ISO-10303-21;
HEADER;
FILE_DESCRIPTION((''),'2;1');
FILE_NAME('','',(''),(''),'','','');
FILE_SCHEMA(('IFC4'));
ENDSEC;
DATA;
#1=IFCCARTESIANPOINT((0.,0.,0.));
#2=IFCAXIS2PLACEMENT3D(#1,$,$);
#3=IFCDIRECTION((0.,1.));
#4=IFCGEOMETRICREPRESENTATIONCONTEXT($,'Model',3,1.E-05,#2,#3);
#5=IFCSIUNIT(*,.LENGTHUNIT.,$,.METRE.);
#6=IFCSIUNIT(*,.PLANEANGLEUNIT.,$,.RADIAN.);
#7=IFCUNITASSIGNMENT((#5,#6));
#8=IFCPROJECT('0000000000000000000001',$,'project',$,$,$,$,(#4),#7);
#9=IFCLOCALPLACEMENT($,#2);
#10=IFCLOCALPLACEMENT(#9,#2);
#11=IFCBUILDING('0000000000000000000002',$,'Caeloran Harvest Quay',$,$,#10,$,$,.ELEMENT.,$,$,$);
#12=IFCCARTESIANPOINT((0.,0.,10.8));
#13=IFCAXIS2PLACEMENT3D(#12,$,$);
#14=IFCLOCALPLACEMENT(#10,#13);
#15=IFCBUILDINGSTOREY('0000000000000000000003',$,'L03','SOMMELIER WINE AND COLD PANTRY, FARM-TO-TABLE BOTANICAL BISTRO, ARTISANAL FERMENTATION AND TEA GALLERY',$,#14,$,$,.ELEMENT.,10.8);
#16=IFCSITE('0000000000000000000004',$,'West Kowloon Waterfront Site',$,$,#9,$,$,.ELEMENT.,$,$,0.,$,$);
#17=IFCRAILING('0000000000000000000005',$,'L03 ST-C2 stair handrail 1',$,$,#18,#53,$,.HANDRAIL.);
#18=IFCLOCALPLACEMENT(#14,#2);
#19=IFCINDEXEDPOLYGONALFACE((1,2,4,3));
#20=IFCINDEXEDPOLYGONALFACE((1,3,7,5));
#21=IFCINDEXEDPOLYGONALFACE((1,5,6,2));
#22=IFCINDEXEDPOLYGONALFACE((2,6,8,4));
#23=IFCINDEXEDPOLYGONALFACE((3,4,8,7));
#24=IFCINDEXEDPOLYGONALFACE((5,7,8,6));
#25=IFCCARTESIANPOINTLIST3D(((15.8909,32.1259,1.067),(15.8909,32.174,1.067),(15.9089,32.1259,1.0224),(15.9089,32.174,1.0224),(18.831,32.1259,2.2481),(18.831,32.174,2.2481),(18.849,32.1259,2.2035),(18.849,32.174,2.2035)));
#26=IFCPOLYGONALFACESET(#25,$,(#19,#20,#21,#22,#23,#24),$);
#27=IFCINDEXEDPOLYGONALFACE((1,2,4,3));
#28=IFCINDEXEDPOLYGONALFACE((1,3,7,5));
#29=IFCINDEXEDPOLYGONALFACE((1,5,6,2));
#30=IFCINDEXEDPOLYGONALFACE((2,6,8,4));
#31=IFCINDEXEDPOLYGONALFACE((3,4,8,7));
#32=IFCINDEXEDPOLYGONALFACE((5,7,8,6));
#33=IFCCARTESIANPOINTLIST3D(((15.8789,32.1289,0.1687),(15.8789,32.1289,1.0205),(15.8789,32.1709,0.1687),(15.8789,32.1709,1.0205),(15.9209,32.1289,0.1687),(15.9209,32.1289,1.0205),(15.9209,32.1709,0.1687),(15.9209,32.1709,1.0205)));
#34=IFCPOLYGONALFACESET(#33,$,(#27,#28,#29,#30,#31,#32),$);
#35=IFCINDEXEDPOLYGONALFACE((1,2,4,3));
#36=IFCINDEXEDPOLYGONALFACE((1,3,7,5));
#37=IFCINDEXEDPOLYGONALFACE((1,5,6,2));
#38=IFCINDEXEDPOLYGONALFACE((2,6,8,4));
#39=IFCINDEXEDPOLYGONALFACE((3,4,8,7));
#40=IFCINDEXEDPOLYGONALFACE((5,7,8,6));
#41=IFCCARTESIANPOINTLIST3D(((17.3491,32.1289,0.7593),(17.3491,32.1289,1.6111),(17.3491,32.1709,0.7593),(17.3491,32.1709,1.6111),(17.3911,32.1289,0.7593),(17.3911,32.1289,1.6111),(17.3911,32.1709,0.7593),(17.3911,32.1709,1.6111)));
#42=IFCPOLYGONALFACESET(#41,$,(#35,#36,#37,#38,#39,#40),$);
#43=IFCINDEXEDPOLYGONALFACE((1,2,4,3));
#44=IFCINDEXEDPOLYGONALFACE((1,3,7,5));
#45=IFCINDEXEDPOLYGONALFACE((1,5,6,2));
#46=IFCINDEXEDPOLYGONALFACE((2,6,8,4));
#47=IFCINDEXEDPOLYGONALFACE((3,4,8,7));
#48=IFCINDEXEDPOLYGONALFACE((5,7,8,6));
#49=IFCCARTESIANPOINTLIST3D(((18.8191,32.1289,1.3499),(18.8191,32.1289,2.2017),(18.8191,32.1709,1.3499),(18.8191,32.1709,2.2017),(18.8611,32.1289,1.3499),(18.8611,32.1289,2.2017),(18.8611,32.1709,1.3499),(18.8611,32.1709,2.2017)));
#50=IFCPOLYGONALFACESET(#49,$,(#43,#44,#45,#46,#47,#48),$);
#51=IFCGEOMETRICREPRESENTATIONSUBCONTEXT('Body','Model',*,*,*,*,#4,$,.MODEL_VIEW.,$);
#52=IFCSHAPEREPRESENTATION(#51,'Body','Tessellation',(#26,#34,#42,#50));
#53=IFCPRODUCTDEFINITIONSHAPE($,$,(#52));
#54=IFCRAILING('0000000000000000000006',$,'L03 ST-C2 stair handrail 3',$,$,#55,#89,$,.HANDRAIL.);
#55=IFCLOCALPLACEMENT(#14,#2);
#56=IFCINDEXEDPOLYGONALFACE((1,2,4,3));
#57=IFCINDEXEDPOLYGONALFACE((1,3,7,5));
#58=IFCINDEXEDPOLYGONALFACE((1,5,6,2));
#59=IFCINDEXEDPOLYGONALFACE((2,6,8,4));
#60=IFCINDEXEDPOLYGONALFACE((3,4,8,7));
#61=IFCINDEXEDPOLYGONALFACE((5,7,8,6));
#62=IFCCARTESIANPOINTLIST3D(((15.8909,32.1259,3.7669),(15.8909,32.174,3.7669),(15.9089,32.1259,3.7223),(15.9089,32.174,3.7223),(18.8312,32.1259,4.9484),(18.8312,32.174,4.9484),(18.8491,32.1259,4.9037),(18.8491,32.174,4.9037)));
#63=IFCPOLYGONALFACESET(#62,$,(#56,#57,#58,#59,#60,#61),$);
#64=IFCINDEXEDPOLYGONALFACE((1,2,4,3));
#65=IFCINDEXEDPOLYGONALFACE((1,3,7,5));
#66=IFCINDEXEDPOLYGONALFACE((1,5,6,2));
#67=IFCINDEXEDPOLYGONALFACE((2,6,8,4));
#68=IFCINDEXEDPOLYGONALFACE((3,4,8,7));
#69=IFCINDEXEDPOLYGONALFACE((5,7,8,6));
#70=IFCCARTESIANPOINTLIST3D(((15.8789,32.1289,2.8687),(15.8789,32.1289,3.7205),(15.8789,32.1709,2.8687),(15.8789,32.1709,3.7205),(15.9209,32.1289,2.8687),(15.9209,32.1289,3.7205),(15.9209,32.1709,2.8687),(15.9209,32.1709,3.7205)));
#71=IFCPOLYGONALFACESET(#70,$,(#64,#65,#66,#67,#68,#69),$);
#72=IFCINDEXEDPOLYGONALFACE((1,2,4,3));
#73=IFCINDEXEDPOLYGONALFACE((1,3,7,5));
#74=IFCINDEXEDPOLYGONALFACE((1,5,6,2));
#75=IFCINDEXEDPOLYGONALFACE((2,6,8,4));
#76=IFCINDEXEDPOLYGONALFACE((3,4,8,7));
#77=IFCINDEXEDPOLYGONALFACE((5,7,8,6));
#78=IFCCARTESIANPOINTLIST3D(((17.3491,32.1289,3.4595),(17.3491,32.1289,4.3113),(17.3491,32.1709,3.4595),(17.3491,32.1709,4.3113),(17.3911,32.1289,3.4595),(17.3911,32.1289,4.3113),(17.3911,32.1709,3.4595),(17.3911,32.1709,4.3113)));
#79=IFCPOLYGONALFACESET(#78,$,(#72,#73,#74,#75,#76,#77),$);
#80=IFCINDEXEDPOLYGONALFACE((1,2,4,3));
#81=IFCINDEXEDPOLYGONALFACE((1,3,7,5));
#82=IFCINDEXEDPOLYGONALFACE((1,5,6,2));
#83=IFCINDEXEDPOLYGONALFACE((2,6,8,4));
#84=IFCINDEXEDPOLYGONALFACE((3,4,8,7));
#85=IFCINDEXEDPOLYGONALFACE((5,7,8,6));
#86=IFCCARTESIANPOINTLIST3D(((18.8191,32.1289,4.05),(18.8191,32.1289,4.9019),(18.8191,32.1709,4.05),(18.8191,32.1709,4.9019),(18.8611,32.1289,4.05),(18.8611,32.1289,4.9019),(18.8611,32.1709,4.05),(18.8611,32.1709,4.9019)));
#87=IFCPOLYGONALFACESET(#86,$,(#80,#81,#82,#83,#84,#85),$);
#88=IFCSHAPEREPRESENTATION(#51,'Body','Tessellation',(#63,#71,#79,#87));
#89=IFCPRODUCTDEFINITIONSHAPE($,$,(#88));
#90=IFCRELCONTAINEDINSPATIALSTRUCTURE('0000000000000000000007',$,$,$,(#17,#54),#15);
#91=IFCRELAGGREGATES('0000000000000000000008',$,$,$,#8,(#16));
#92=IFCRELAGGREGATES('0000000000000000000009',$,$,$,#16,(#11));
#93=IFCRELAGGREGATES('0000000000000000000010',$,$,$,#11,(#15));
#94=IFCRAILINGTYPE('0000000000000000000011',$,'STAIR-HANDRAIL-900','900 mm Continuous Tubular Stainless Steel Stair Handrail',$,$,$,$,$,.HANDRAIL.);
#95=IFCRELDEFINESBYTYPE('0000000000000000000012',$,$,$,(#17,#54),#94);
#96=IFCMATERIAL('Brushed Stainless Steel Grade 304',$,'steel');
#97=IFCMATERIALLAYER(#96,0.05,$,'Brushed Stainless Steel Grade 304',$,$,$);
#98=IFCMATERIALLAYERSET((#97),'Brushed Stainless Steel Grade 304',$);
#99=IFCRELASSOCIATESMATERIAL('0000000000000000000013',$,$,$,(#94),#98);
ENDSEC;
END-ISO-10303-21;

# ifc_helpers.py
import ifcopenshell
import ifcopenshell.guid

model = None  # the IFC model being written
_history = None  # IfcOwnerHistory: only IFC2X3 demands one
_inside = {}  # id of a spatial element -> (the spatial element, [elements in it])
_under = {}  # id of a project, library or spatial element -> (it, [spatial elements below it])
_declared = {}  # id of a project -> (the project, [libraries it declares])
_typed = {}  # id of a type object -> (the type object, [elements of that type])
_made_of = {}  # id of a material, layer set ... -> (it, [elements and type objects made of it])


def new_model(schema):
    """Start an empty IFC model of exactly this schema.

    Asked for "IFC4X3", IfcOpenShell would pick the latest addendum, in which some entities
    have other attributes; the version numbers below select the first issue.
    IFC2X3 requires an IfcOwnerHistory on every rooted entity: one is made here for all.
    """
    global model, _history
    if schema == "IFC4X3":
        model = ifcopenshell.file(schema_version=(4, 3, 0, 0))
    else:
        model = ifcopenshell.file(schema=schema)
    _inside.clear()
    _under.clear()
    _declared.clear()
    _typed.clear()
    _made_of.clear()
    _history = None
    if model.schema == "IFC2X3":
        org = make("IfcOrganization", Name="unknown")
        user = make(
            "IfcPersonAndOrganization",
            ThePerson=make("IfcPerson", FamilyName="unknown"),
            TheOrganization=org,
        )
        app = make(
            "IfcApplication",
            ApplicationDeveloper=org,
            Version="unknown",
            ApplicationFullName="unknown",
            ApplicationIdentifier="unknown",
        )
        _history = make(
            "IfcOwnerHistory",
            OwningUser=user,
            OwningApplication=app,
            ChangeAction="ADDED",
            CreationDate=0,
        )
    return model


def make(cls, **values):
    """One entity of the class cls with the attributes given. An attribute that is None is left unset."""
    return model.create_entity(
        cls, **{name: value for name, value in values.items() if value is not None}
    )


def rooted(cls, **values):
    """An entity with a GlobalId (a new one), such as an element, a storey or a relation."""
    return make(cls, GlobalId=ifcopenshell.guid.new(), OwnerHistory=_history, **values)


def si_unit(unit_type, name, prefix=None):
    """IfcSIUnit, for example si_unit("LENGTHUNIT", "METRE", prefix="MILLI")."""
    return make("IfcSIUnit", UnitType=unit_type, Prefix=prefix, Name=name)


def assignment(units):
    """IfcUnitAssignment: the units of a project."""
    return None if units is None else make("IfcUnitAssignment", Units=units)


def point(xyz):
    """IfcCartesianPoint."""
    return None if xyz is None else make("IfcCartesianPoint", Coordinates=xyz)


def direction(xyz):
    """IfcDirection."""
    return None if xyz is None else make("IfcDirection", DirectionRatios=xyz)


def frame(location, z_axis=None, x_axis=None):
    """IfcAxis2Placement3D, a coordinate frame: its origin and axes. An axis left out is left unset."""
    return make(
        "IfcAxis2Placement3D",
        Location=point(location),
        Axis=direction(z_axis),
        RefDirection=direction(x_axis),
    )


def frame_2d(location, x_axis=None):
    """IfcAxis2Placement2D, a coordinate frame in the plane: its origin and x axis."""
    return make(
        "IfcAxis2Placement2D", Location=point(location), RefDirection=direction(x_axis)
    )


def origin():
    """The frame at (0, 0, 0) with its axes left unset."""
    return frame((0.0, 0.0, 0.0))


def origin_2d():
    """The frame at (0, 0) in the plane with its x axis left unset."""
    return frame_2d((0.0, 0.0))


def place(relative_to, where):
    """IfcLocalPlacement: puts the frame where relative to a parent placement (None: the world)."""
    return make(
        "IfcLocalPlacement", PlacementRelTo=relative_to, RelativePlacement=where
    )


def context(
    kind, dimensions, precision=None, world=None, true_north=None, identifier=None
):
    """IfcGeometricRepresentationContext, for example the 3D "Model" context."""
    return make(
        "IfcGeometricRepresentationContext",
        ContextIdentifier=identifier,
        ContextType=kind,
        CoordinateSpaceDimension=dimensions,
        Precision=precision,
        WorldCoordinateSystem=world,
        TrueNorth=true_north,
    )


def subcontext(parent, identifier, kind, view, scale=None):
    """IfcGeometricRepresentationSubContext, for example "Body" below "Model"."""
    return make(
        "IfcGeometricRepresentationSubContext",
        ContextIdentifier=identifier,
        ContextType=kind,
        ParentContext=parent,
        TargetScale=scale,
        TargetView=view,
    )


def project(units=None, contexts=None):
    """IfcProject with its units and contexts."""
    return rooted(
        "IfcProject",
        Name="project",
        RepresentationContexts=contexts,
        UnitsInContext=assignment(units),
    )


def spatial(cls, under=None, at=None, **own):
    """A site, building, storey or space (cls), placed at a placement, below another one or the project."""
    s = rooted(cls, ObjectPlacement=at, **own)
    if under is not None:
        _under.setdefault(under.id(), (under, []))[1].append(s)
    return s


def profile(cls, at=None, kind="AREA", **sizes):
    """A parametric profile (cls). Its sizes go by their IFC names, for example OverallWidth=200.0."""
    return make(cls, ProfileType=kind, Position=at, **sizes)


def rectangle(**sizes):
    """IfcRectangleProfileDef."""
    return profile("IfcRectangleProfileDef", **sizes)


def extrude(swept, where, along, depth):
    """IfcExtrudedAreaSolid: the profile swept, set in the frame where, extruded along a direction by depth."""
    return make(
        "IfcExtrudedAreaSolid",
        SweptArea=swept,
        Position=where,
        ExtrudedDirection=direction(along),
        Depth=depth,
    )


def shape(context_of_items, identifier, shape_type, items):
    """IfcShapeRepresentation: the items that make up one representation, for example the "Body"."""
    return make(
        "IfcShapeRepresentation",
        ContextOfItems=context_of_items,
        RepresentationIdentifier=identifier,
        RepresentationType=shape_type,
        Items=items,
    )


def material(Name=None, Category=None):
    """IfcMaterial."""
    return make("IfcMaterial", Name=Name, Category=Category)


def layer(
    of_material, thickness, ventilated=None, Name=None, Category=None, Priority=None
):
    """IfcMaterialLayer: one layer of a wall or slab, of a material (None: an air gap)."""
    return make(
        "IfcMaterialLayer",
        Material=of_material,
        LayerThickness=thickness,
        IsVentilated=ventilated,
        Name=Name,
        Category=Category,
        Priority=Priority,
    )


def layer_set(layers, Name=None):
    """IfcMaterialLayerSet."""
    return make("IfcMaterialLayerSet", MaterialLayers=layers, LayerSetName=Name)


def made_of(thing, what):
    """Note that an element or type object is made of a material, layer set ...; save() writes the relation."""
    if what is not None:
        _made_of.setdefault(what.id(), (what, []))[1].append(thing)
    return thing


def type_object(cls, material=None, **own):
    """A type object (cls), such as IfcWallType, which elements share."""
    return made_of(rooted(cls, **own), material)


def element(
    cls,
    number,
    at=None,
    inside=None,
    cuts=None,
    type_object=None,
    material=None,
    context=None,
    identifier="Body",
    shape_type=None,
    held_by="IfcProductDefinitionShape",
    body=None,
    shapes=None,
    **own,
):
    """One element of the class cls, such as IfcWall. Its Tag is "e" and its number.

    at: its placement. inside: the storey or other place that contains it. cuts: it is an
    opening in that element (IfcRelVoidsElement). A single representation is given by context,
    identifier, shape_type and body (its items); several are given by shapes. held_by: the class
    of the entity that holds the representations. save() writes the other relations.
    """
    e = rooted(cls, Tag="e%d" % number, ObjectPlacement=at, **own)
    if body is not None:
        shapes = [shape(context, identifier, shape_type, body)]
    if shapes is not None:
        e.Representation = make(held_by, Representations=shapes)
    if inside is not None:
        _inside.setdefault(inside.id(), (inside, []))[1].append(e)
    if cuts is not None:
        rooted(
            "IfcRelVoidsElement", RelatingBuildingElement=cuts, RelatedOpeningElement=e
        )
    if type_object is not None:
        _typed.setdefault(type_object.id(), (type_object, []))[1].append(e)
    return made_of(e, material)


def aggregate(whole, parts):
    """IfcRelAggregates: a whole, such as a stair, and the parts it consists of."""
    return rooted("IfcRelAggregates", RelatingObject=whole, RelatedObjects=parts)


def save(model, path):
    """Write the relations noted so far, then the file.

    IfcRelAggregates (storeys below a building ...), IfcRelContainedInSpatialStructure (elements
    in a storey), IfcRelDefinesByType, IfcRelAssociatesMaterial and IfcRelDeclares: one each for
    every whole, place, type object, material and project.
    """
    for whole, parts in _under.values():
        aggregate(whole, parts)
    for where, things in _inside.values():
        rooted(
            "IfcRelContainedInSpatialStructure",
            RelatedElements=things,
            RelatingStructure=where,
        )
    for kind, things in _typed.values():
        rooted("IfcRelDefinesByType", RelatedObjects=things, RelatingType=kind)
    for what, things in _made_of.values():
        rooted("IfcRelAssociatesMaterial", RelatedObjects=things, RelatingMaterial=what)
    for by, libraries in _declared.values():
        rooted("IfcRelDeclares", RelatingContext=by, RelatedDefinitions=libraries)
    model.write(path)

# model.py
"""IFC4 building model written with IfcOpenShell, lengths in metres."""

from ifc_helpers import new_model, si_unit, direction, frame, origin, origin_2d, place, context, subcontext, project, spatial, rectangle, extrude, material, layer, layer_set, type_object, element, save


model = new_model("IFC4")

# Units and contexts
model_context = context("Model", 3, precision=1e-05, world=origin(), true_north=direction((0.0, 1.0)))
body_context = subcontext(model_context, "Body", "Model", "MODEL_VIEW")
ifc_project = project(units=[si_unit("LENGTHUNIT", "METRE"), si_unit("PLANEANGLEUNIT", "RADIAN")], contexts=[model_context])

# Site, building, storey
site_placement = place(None, origin())
site = spatial("IfcSite", under=ifc_project, at=site_placement, Name="West Kowloon Waterfront Site", CompositionType="ELEMENT", RefElevation=0.0)
building_placement = place(site_placement, origin())
building = spatial("IfcBuilding", under=site, at=building_placement, Name="Caeloran Harvest Quay", CompositionType="ELEMENT")
storey_placement = place(building_placement, frame((0.0, 0.0, 10.8)))
storey = spatial("IfcBuildingStorey", under=building, at=storey_placement, Name="L03", Description="SOMMELIER WINE AND COLD PANTRY, FARM-TO-TABLE BOTANICAL BISTRO, ARTISANAL FERMENTATION AND TEA GALLERY", CompositionType="ELEMENT", Elevation=10.8)

# Railings
ifc_material_1 = material(Name="Brushed Stainless Steel Grade 304", Category="steel")
ifc_layer_1 = layer(ifc_material_1, 0.05, Name="Brushed Stainless Steel Grade 304")
ifc_layer_set_1 = layer_set([ifc_layer_1], Name="Brushed Stainless Steel Grade 304")
railing_type_1 = type_object("IfcRailingType", Name="STAIR-HANDRAIL-900", Description="900 mm Continuous Tubular Stainless Steel Stair Handrail", PredefinedType="HANDRAIL", material=ifc_layer_set_1)
railing_1_placement = place(storey_placement, frame((15.8999, 32.1499, 0.1687)))
element("IfcRailing", 1, at=railing_1_placement, inside=storey, type_object=railing_type_1, Name="L03 ST-C2 stair handrail 1", PredefinedType="HANDRAIL", context=body_context, shape_type="SweptSolid", body=[
    extrude(rectangle(XDim=0.0481, YDim=0.0481, at=origin_2d()), frame((0.0, 0.0, 0.876), z_axis=(0.927923, 0.0, 0.372772), x_axis=(0.0, 1.0, 0.0)), (0.0, 0.0, 1.0), 3.1685),
    extrude(rectangle(XDim=0.042, YDim=0.042, at=origin_2d()), origin(), (0.0, 0.0, 1.0), 0.8518),
    extrude(rectangle(XDim=0.042, YDim=0.042, at=origin_2d()), frame((1.4702, 0.0, 0.5906)), (0.0, 0.0, 1.0), 0.8518),
    extrude(rectangle(XDim=0.042, YDim=0.042, at=origin_2d()), frame((2.9402, 0.0, 1.1812)), (0.0, 0.0, 1.0), 0.8518),
])
railing_2_placement = place(storey_placement, frame((15.8999, 32.1499, 2.8687)))
element("IfcRailing", 2, at=railing_2_placement, inside=storey, type_object=railing_type_1, Name="L03 ST-C2 stair handrail 3", PredefinedType="HANDRAIL", context=body_context, shape_type="SweptSolid", body=[
    extrude(rectangle(XDim=0.0481, YDim=0.0481, at=origin_2d()), frame((0.0, 0.0, 0.876), z_axis=(0.927896, 0.0, 0.372838), x_axis=(0.0, 1.0, 0.0)), (0.0, 0.0, 1.0), 3.1687),
    extrude(rectangle(XDim=0.042, YDim=0.042, at=origin_2d()), origin(), (0.0, 0.0, 1.0), 0.8518),
    extrude(rectangle(XDim=0.042, YDim=0.042, at=origin_2d()), frame((1.4702, 0.0, 0.5908)), (0.0, 0.0, 1.0), 0.8518),
    extrude(rectangle(XDim=0.042, YDim=0.042, at=origin_2d()), frame((2.9402, 0.0, 1.1814)), (0.0, 0.0, 1.0), 0.8518),
])

save(model, "model.ifc")
